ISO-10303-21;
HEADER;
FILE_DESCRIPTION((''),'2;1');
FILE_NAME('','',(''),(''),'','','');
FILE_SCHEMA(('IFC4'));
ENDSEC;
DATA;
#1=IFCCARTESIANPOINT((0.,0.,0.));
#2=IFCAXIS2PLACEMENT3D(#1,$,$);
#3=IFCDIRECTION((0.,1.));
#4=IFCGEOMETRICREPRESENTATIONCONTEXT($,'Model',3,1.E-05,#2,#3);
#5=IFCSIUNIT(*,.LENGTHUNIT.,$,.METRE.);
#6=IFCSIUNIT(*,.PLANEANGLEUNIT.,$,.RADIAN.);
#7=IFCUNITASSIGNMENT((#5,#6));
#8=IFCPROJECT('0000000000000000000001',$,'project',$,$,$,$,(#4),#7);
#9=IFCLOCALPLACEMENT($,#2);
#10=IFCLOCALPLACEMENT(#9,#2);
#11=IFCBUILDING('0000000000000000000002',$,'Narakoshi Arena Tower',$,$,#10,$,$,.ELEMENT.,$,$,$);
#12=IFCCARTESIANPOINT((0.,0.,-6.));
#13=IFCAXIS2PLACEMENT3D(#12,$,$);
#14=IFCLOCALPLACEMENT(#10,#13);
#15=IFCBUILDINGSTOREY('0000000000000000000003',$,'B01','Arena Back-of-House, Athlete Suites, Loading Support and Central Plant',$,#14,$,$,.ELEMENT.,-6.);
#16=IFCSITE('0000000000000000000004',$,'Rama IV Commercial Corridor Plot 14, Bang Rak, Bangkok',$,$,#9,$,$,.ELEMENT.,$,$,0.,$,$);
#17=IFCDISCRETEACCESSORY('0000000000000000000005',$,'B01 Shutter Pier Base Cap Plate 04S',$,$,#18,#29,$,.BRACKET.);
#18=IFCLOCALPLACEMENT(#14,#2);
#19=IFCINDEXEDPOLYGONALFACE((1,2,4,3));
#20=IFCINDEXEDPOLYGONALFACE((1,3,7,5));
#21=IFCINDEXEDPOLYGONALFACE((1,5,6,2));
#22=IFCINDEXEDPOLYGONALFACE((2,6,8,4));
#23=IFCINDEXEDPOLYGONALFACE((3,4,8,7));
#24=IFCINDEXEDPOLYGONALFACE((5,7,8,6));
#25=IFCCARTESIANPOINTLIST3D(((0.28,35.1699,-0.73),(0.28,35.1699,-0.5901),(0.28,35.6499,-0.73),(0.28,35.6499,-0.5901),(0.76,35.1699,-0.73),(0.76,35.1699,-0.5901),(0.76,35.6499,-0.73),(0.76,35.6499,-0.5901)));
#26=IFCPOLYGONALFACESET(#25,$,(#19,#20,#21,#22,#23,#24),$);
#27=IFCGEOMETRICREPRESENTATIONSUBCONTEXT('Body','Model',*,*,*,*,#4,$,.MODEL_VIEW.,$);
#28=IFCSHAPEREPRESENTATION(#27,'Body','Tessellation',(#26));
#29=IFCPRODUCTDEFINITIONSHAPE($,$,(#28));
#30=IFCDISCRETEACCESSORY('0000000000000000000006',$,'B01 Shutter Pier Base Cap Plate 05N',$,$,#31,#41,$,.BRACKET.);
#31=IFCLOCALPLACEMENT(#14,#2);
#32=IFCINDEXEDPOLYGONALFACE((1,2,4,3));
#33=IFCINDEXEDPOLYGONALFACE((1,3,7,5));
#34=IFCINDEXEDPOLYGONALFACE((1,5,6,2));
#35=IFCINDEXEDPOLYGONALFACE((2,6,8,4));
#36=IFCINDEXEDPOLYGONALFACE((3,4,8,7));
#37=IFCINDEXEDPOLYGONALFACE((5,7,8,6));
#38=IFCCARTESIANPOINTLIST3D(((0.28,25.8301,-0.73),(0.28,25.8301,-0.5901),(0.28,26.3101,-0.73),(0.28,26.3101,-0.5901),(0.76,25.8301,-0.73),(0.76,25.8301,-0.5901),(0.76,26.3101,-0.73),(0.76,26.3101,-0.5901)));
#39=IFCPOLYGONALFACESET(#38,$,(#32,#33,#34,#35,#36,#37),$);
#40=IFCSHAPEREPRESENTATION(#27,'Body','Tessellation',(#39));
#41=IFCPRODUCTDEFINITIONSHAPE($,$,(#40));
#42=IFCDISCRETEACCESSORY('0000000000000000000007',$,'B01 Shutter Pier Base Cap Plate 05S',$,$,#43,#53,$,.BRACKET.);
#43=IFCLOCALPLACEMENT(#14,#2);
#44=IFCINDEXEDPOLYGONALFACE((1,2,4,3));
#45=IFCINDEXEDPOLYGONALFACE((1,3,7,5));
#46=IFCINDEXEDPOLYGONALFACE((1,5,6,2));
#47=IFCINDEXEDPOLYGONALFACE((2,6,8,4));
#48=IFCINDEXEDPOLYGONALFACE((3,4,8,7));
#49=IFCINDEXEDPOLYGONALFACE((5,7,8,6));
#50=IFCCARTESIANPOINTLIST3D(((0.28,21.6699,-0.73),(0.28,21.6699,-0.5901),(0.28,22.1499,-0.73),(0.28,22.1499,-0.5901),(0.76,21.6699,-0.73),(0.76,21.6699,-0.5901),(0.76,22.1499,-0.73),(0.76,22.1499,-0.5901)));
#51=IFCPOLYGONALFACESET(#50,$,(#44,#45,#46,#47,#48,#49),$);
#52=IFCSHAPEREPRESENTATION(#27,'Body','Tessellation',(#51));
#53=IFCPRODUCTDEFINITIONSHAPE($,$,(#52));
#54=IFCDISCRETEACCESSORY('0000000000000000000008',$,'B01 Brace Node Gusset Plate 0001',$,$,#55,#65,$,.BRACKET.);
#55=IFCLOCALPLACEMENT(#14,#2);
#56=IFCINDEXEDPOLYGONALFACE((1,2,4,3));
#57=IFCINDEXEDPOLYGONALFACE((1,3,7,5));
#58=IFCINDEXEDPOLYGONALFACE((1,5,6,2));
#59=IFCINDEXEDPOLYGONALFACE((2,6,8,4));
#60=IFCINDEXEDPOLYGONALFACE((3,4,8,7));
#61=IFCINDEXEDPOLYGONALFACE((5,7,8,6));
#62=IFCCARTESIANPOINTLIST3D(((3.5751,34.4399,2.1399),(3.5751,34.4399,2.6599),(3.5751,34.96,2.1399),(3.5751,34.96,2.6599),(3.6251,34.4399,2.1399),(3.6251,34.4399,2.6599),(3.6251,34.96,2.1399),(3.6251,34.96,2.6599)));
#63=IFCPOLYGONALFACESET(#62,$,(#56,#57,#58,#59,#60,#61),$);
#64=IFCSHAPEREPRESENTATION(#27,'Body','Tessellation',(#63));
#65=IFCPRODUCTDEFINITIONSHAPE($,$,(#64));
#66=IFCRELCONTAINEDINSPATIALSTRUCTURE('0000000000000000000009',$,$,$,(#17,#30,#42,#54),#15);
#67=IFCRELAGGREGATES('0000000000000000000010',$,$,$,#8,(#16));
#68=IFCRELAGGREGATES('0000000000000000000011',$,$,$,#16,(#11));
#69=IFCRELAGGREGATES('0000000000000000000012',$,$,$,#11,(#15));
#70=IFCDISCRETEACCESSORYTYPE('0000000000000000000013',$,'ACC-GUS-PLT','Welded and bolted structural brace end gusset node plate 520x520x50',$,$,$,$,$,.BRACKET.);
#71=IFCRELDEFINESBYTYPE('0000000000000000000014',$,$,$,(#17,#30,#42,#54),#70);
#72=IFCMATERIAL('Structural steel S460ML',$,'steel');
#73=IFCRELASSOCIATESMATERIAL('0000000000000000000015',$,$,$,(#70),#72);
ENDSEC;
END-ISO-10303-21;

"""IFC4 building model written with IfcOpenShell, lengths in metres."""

from ifc_helpers import new_model, si_unit, direction, frame, origin, origin_2d, place, context, subcontext, project, spatial, rectangle, extrude, material, type_object, element, save


model = new_model("IFC4")

# Units and contexts
model_context = context("Model", 3, precision=1e-05, world=origin(), true_north=direction((0.0, 1.0)))
body_context = subcontext(model_context, "Body", "Model", "MODEL_VIEW")
ifc_project = project(units=[si_unit("LENGTHUNIT", "METRE"), si_unit("PLANEANGLEUNIT", "RADIAN")], contexts=[model_context])

# Site, building, storey
site_placement = place(None, origin())
site = spatial("IfcSite", under=ifc_project, at=site_placement, Name="Rama IV Commercial Corridor Plot 14, Bang Rak, Bangkok", CompositionType="ELEMENT", RefElevation=0.0)
building_placement = place(site_placement, origin())
building = spatial("IfcBuilding", under=site, at=building_placement, Name="Narakoshi Arena Tower", CompositionType="ELEMENT")
storey_placement = place(building_placement, frame((0.0, 0.0, -6.0)))
storey = spatial("IfcBuildingStorey", under=building, at=storey_placement, Name="B01", Description="Arena Back-of-House, Athlete Suites, Loading Support and Central Plant", CompositionType="ELEMENT", Elevation=-6.0)

# Discrete accessories
ifc_material_1 = material(Name="Structural steel S460ML", Category="steel")
discrete_accessory_type = type_object("IfcDiscreteAccessoryType", Name="ACC-GUS-PLT", Description="Welded and bolted structural brace end gusset node plate 520x520x50", PredefinedType="BRACKET", material=ifc_material_1)
for number, where, z_axis, x_axis, name in (
    (1, (0.52, 35.4099, -0.73), (0.0, 0.0, 1.0), (1.0, 0.0, 0.0), "B01 Shutter Pier Base Cap Plate 04S"),
    (2, (0.52, 26.0701, -0.73), (0.0, 0.0, 1.0), (1.0, 0.0, 0.0), "B01 Shutter Pier Base Cap Plate 05N"),
    (3, (0.52, 21.9099, -0.73), (0.0, 0.0, 1.0), (1.0, 0.0, 0.0), "B01 Shutter Pier Base Cap Plate 05S"),
):
    element("IfcDiscreteAccessory", number, at=place(storey_placement, frame(where, z_axis=z_axis, x_axis=x_axis)), inside=storey, type_object=discrete_accessory_type, Name=name, PredefinedType="BRACKET", context=body_context, shape_type="SweptSolid", body=[
        extrude(rectangle(XDim=0.48, YDim=0.48, at=origin_2d()), origin(), (0.0, 0.0, 1.0), 0.1399),
    ])
discrete_accessory_placement = place(storey_placement, frame((3.6001, 34.7, 2.1399), z_axis=(0.0, 0.0, 1.0), x_axis=(0.0, 1.0, 0.0)))
element("IfcDiscreteAccessory", 4, at=discrete_accessory_placement, inside=storey, type_object=discrete_accessory_type, Name="B01 Brace Node Gusset Plate 0001", PredefinedType="BRACKET", context=body_context, shape_type="SweptSolid", body=[
    extrude(rectangle(XDim=0.52, YDim=0.05, at=origin_2d()), origin(), (0.0, 0.0, 1.0), 0.52),
])

save(model, "model.ifc")
